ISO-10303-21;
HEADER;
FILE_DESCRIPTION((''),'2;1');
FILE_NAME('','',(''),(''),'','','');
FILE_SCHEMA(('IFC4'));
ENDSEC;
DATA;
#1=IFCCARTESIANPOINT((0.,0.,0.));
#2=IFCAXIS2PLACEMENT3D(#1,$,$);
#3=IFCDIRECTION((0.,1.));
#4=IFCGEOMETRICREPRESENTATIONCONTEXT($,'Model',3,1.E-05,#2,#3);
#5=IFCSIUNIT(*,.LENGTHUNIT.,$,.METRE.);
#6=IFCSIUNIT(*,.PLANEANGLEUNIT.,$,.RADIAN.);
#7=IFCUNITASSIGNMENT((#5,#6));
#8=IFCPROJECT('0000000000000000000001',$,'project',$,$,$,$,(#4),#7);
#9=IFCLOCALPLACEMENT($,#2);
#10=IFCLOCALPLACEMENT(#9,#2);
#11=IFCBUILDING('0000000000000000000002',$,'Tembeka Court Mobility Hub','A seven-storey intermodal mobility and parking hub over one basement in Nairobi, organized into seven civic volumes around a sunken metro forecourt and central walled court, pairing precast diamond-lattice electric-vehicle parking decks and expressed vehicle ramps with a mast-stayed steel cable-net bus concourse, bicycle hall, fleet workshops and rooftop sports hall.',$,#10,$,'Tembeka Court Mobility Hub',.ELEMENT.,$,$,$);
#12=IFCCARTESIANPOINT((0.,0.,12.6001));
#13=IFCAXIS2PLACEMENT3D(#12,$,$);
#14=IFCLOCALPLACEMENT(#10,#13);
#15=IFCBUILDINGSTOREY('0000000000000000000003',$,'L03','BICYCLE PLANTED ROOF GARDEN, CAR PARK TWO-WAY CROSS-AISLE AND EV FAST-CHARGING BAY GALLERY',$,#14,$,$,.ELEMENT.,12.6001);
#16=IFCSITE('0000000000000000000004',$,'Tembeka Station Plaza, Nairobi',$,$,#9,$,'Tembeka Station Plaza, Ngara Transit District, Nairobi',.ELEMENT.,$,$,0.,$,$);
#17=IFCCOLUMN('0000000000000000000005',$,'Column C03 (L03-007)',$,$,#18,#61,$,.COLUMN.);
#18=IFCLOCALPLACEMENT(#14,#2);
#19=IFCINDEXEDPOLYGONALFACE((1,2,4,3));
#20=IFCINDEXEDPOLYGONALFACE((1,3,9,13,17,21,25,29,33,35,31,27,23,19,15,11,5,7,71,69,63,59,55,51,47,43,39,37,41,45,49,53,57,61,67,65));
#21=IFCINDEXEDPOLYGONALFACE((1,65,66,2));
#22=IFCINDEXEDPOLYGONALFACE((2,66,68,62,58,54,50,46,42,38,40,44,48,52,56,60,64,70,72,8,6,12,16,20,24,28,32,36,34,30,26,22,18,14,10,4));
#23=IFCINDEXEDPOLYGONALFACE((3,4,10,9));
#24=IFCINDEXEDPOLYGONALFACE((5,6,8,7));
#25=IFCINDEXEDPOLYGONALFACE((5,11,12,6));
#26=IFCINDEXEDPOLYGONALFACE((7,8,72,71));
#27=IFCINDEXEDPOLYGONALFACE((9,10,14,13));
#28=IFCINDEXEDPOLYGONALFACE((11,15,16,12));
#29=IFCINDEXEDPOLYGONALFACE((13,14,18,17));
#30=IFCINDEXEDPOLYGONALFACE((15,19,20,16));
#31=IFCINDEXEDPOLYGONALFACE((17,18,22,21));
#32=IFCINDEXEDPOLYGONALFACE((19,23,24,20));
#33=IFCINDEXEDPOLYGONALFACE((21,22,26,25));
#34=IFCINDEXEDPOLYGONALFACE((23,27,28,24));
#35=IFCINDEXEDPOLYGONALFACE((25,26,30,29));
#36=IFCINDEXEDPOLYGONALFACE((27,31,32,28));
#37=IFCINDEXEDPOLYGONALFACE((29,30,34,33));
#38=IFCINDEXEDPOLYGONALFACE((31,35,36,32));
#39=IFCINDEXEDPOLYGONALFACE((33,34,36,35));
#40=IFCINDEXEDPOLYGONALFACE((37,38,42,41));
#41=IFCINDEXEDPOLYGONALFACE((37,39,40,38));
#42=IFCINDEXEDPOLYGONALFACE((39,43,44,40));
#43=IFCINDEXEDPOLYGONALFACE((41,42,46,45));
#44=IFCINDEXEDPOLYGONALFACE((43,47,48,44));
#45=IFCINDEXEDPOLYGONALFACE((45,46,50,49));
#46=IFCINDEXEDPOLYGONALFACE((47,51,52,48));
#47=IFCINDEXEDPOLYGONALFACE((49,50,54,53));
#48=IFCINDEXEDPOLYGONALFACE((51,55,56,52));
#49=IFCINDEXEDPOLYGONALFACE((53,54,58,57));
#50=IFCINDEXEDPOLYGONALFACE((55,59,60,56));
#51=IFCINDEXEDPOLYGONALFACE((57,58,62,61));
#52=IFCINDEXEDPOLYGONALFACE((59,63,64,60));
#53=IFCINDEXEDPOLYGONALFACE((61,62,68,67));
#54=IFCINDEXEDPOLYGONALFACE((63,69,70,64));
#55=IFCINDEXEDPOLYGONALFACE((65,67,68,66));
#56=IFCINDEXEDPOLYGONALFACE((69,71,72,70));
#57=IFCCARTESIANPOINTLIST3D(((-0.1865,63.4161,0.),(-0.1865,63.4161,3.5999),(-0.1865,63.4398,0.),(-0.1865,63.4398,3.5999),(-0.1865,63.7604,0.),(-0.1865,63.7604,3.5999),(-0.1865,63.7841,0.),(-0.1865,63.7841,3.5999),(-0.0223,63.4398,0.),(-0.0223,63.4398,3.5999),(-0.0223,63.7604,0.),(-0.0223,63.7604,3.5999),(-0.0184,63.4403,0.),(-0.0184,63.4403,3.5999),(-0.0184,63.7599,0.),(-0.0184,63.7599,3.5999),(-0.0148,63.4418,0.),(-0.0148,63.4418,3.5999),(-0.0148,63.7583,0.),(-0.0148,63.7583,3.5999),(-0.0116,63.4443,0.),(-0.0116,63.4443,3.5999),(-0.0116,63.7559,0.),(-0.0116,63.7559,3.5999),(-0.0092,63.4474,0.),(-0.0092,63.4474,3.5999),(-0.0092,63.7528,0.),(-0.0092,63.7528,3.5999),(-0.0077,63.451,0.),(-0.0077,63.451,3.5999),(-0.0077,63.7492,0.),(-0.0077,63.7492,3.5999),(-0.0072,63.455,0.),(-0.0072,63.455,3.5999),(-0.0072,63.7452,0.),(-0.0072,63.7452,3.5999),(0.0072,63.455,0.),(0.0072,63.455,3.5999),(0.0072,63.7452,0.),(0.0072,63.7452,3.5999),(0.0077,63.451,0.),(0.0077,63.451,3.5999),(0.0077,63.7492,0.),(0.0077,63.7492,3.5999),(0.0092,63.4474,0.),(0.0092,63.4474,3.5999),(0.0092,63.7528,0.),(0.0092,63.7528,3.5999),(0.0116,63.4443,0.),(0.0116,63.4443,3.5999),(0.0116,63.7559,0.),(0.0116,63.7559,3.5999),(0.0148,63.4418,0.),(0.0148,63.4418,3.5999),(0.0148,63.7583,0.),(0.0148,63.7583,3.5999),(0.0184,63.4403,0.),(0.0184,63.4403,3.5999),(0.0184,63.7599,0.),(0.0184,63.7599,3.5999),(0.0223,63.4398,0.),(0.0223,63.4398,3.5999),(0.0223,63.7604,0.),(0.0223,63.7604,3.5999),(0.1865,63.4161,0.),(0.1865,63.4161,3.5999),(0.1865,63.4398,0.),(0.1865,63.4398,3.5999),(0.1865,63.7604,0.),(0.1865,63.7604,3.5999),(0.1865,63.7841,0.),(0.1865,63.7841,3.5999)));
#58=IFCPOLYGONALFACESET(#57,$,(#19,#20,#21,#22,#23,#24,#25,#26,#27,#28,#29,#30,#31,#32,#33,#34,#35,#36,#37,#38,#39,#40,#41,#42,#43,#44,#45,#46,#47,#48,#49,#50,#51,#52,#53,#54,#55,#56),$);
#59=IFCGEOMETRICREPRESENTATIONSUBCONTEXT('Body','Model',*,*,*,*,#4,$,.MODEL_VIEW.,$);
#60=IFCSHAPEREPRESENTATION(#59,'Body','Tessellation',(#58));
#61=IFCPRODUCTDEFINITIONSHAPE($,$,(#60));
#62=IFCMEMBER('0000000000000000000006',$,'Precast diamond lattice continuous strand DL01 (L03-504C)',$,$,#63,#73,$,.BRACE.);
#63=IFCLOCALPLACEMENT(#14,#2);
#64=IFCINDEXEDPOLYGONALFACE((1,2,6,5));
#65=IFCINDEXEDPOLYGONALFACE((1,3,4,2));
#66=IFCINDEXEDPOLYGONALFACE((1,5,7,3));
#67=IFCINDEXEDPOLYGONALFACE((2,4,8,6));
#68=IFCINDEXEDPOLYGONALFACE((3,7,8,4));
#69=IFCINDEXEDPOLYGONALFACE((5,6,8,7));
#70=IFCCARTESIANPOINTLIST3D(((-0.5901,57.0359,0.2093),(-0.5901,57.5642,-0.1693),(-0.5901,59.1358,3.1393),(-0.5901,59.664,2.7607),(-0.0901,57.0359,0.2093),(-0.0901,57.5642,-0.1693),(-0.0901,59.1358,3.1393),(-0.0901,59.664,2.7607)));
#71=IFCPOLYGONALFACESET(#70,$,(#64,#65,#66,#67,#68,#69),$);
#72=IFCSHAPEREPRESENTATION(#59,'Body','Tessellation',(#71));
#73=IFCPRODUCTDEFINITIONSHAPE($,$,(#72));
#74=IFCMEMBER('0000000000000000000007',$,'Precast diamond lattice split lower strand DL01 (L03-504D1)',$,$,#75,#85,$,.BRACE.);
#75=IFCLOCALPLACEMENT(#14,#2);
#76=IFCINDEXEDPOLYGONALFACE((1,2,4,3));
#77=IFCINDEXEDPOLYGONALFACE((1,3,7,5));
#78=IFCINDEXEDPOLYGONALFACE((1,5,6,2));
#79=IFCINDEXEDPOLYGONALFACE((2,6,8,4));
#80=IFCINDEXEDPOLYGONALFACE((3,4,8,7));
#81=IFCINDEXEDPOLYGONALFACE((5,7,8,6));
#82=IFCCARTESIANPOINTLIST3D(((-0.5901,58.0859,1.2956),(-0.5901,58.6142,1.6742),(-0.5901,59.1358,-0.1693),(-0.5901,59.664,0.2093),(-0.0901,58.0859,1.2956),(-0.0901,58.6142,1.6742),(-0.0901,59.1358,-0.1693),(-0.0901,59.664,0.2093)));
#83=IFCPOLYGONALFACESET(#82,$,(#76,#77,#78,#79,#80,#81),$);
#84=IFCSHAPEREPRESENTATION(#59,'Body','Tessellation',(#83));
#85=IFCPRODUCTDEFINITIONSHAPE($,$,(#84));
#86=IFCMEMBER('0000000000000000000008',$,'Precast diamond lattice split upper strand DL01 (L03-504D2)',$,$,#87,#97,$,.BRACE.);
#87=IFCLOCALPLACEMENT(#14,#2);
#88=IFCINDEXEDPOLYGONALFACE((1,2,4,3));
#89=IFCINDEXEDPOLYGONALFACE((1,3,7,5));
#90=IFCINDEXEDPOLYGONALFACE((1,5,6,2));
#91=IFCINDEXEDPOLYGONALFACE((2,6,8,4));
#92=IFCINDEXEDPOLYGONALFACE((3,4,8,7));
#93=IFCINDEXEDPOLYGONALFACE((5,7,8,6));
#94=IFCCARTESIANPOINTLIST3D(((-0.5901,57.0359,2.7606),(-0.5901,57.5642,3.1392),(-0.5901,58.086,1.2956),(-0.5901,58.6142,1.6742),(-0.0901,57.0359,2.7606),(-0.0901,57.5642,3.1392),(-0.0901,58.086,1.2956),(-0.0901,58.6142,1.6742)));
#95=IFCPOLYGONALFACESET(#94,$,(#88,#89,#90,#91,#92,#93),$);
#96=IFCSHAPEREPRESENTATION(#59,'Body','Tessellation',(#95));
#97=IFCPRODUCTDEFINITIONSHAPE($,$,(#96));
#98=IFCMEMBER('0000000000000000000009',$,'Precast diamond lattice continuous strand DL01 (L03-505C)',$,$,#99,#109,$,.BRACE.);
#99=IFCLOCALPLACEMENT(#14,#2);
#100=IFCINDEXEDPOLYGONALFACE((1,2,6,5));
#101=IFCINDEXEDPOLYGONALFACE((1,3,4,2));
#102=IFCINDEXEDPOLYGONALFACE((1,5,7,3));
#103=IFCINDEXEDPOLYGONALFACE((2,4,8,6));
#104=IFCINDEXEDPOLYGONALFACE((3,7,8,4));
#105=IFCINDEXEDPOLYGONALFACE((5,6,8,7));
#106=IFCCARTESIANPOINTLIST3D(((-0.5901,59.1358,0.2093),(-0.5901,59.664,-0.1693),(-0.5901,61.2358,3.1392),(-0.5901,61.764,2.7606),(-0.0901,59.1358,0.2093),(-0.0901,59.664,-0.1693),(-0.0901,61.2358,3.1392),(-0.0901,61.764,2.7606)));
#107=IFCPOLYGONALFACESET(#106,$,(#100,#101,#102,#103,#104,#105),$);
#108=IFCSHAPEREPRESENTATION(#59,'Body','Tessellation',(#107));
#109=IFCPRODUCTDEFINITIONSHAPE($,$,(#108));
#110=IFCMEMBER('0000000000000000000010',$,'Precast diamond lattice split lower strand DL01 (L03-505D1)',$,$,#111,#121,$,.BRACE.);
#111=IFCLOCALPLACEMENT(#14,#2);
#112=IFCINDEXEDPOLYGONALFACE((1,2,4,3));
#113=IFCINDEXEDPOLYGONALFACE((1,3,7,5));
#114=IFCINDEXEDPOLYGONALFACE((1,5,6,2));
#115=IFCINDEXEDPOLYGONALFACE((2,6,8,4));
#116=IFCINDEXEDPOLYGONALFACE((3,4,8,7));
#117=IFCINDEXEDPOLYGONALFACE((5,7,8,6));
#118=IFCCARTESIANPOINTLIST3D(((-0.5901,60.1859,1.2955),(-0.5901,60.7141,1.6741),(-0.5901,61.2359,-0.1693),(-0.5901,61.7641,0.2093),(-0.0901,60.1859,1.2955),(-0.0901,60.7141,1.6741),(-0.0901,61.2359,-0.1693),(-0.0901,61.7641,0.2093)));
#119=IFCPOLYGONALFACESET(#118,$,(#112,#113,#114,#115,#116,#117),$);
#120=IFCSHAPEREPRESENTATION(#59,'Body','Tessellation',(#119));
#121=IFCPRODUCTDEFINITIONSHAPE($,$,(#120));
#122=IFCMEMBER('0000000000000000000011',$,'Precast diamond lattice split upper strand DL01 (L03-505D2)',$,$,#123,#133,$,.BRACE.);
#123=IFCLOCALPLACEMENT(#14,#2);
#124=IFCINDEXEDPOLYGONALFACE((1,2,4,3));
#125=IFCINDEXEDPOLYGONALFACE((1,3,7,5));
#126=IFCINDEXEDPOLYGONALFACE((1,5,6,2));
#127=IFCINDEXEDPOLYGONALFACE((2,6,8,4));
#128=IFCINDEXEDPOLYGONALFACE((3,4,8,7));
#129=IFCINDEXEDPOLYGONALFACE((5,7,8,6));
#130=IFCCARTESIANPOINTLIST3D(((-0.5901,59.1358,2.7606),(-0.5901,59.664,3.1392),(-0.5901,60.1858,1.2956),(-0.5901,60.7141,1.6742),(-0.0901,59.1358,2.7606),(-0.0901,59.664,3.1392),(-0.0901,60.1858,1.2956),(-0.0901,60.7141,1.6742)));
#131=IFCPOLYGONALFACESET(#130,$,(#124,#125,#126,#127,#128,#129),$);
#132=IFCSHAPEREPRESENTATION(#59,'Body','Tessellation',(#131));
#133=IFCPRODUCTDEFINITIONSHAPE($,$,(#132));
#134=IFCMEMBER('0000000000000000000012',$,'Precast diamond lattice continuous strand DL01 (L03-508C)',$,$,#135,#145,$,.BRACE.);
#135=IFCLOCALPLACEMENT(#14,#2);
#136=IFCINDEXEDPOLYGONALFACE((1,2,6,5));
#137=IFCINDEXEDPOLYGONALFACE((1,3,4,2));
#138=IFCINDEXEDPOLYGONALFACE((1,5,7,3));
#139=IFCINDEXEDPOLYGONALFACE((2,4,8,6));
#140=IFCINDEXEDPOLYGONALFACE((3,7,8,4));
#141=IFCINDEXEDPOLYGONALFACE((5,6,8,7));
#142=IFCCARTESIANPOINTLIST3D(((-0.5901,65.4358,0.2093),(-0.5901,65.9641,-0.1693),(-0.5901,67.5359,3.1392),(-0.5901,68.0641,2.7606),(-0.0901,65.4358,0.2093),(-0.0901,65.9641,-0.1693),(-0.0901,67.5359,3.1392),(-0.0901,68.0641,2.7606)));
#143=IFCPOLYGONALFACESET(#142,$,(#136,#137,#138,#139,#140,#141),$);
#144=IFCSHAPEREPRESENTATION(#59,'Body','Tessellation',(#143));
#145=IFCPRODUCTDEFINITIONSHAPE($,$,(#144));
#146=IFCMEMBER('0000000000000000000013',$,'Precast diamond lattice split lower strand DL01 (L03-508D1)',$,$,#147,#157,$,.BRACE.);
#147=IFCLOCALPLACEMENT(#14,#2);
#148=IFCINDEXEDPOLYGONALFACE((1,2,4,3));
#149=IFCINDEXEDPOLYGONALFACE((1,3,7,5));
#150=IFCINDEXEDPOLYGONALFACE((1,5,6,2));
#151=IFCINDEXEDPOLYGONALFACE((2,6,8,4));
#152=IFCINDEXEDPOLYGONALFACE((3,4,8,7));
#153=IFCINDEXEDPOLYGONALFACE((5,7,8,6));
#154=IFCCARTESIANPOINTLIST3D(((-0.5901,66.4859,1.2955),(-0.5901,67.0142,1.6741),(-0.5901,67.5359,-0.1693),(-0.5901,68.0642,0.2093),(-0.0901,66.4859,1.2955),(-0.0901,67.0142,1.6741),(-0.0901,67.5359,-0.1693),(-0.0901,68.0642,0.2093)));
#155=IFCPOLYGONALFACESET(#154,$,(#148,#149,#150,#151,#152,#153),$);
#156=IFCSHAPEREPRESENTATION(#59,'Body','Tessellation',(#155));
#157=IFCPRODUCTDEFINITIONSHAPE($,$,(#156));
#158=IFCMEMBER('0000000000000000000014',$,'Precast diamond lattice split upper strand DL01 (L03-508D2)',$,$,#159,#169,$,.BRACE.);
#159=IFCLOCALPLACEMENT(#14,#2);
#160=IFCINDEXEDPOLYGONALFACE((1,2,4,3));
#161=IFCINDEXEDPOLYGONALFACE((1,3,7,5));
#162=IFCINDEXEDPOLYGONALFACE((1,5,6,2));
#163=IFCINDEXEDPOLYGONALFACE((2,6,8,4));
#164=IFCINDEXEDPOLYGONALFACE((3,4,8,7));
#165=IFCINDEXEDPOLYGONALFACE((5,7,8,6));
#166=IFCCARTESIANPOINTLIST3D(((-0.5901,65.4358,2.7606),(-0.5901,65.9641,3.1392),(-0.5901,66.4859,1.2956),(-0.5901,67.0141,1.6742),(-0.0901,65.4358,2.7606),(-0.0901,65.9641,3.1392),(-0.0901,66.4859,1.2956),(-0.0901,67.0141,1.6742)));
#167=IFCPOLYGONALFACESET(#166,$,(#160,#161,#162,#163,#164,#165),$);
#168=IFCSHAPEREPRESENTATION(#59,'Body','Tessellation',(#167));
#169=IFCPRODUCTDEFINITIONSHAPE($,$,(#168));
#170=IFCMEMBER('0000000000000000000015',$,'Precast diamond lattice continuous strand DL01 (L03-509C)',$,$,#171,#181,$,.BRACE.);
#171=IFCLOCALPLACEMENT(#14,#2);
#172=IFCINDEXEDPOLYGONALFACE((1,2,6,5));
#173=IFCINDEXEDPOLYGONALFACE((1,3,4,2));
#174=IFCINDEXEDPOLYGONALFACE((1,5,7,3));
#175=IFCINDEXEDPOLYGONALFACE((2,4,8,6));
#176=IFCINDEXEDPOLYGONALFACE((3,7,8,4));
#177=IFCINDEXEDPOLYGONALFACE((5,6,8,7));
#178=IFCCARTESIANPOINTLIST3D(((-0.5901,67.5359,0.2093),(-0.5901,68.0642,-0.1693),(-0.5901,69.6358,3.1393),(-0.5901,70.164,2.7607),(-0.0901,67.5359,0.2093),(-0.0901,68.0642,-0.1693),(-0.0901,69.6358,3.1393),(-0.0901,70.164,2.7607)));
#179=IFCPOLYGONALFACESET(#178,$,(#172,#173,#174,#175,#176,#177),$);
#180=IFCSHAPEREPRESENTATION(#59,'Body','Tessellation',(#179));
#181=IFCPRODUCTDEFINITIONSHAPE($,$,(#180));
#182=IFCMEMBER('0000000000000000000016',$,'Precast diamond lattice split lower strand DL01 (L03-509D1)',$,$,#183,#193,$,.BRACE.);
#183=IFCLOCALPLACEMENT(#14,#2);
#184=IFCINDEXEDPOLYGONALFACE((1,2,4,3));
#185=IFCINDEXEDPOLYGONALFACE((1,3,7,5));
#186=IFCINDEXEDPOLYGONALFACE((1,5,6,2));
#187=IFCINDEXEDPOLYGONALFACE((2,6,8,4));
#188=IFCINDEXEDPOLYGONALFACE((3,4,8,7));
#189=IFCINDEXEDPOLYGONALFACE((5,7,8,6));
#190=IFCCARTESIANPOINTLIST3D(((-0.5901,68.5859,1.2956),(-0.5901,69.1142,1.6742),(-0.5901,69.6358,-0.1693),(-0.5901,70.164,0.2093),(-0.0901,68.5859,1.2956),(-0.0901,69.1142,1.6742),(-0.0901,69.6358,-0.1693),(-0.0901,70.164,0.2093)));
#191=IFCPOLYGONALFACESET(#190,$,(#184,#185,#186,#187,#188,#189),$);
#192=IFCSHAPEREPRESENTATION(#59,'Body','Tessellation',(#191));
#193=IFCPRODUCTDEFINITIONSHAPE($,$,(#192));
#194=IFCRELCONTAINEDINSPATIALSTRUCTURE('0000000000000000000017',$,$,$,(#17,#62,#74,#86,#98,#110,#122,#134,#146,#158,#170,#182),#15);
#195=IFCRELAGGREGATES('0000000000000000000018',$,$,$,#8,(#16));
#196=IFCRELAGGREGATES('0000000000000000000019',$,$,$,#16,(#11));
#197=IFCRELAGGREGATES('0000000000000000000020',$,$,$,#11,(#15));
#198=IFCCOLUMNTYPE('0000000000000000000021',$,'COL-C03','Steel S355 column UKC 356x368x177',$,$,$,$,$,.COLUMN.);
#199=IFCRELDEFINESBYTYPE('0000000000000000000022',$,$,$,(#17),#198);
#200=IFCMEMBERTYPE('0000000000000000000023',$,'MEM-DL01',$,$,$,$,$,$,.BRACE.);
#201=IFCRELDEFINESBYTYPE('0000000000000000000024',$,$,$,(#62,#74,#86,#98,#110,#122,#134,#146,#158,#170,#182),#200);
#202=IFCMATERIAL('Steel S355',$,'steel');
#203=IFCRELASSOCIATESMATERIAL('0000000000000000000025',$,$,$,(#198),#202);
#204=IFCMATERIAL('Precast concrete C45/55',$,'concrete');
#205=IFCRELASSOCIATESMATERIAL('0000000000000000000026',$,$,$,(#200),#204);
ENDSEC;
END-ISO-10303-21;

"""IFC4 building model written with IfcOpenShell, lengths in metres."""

from ifc_helpers import new_model, si_unit, direction, frame, origin, origin_2d, place, context, subcontext, project, spatial, rectangle, i_section, extrude, material, material_profile, profile_set, type_object, element, save


model = new_model("IFC4")

# Units and contexts
model_context = context("Model", 3, precision=1e-05, world=origin(), true_north=direction((0.0, 1.0)))
body_context = subcontext(model_context, "Body", "Model", "MODEL_VIEW")
ifc_project = project(units=[si_unit("LENGTHUNIT", "METRE"), si_unit("PLANEANGLEUNIT", "RADIAN")], contexts=[model_context])

# Site, building, storey
site_placement = place(None, origin())
site = spatial("IfcSite", under=ifc_project, at=site_placement, Name="Tembeka Station Plaza, Nairobi", LongName="Tembeka Station Plaza, Ngara Transit District, Nairobi", CompositionType="ELEMENT", RefElevation=0.0)
building_placement = place(site_placement, origin())
building = spatial("IfcBuilding", under=site, at=building_placement, Name="Tembeka Court Mobility Hub", Description="A seven-storey intermodal mobility and parking hub over one basement in Nairobi, organized into seven civic volumes around a sunken metro forecourt and central walled court, pairing precast diamond-lattice electric-vehicle parking decks and expressed vehicle ramps with a mast-stayed steel cable-net bus concourse, bicycle hall, fleet workshops and rooftop sports hall.", LongName="Tembeka Court Mobility Hub", CompositionType="ELEMENT")
storey_placement = place(building_placement, frame((0.0, 0.0, 12.6001)))
storey = spatial("IfcBuildingStorey", under=building, at=storey_placement, Name="L03", Description="BICYCLE PLANTED ROOF GARDEN, CAR PARK TWO-WAY CROSS-AISLE AND EV FAST-CHARGING BAY GALLERY", CompositionType="ELEMENT", Elevation=12.6001)

# Column
ifc_material_1 = material(Name="Steel S355", Category="steel")
ifc_material_profile_1 = material_profile(ifc_material_1, i_section(OverallWidth=0.373, OverallDepth=0.3679, WebThickness=0.0144, FlangeThickness=0.0237, FilletRadius=0.0151, at=origin_2d()), Name="UKC 356x368x177")
ifc_profile_set_1 = profile_set([ifc_material_profile_1], Name="Steel S355")
column_type = type_object("IfcColumnType", Name="COL-C03", Description="Steel S355 column UKC 356x368x177", PredefinedType="COLUMN", material=ifc_profile_set_1)
column_placement = place(storey_placement, frame((0.0, 63.6001, 0.0), z_axis=(0.0, 0.0, 1.0), x_axis=(1.0, 0.0, 0.0)))
element("IfcColumn", 1, at=column_placement, inside=storey, type_object=column_type, Name="Column C03 (L03-007)", PredefinedType="COLUMN", context=body_context, shape_type="SweptSolid", body=[
    extrude(i_section(OverallWidth=0.373, OverallDepth=0.3679, WebThickness=0.0144, FlangeThickness=0.0237, FilletRadius=0.0151, at=origin_2d()), origin(), (0.0, 0.0, 1.0), 3.5999),
])

# Members
ifc_material_2 = material(Name="Precast concrete C45/55", Category="concrete")
ifc_material_profile_2 = material_profile(ifc_material_2, rectangle(XDim=0.5, YDim=0.6499, at=origin_2d()), Name="PC-DIAG 500x650")
ifc_profile_set_2 = profile_set([ifc_material_profile_2], Name="Precast concrete C45/55")
member_type_1 = type_object("IfcMemberType", Name="MEM-DL01", PredefinedType="BRACE", material=ifc_profile_set_2)
member_1_placement = place(storey_placement, frame((-0.3401, 57.3, 0.02), z_axis=(0.0, 0.582532, 0.812808), x_axis=(-1.0, 0.0, 0.0)))
element("IfcMember", 2, at=member_1_placement, inside=storey, type_object=member_type_1, Name="Precast diamond lattice continuous strand DL01 (L03-504C)", PredefinedType="BRACE", context=body_context, shape_type="SweptSolid", body=[
    extrude(rectangle(XDim=0.5, YDim=0.6499, at=origin_2d()), origin(), (0.0, 0.0, 1.0), 3.6047),
])
member_2_placement = place(storey_placement, frame((-0.3401, 59.3999, 0.02), z_axis=(0.0, -0.582519, 0.812817), x_axis=(1.0, 0.0, 0.0)))
element("IfcMember", 3, at=member_2_placement, inside=storey, type_object=member_type_1, Name="Precast diamond lattice split lower strand DL01 (L03-504D1)", PredefinedType="BRACE", context=body_context, shape_type="SweptSolid", body=[
    extrude(rectangle(XDim=0.5, YDim=0.6499, at=origin_2d()), origin(), (0.0, 0.0, 1.0), 1.8022),
])
member_3_placement = place(storey_placement, frame((-0.3401, 58.3501, 1.4849), z_axis=(0.0, -0.582544, 0.812799), x_axis=(1.0, 0.0, 0.0)))
element("IfcMember", 4, at=member_3_placement, inside=storey, type_object=member_type_1, Name="Precast diamond lattice split upper strand DL01 (L03-504D2)", PredefinedType="BRACE", context=body_context, shape_type="SweptSolid", body=[
    extrude(rectangle(XDim=0.5, YDim=0.6499, at=origin_2d()), origin(), (0.0, 0.0, 1.0), 1.8025),
])
member_4_placement = place(storey_placement, frame((-0.3401, 59.3999, 0.02), z_axis=(0.0, 0.582576, 0.812776), x_axis=(-1.0, 0.0, 0.0)))
element("IfcMember", 5, at=member_4_placement, inside=storey, type_object=member_type_1, Name="Precast diamond lattice continuous strand DL01 (L03-505C)", PredefinedType="BRACE", context=body_context, shape_type="SweptSolid", body=[
    extrude(rectangle(XDim=0.5, YDim=0.6499, at=origin_2d()), origin(), (0.0, 0.0, 1.0), 3.6047),
])
member_5_placement = place(storey_placement, frame((-0.3401, 61.5, 0.02), z_axis=(0.0, -0.582608, 0.812753), x_axis=(1.0, 0.0, 0.0)))
element("IfcMember", 6, at=member_5_placement, inside=storey, type_object=member_type_1, Name="Precast diamond lattice split lower strand DL01 (L03-505D1)", PredefinedType="BRACE", context=body_context, shape_type="SweptSolid", body=[
    extrude(rectangle(XDim=0.5, YDim=0.6499, at=origin_2d()), origin(), (0.0, 0.0, 1.0), 1.8022),
])
member_6_placement = place(storey_placement, frame((-0.3401, 60.45, 1.4849), z_axis=(0.0, -0.582544, 0.812799), x_axis=(1.0, 0.0, 0.0)))
element("IfcMember", 7, at=member_6_placement, inside=storey, type_object=member_type_1, Name="Precast diamond lattice split upper strand DL01 (L03-505D2)", PredefinedType="BRACE", context=body_context, shape_type="SweptSolid", body=[
    extrude(rectangle(XDim=0.5, YDim=0.6499, at=origin_2d()), origin(), (0.0, 0.0, 1.0), 1.8025),
])
member_7_placement = place(storey_placement, frame((-0.3401, 65.7, 0.02), z_axis=(0.0, 0.582576, 0.812776), x_axis=(-1.0, 0.0, 0.0)))
element("IfcMember", 8, at=member_7_placement, inside=storey, type_object=member_type_1, Name="Precast diamond lattice continuous strand DL01 (L03-508C)", PredefinedType="BRACE", context=body_context, shape_type="SweptSolid", body=[
    extrude(rectangle(XDim=0.5, YDim=0.6499, at=origin_2d()), origin(), (0.0, 0.0, 1.0), 3.6047),
])
member_8_placement = place(storey_placement, frame((-0.3401, 67.8, 0.02), z_axis=(0.0, -0.582608, 0.812753), x_axis=(1.0, 0.0, 0.0)))
element("IfcMember", 9, at=member_8_placement, inside=storey, type_object=member_type_1, Name="Precast diamond lattice split lower strand DL01 (L03-508D1)", PredefinedType="BRACE", context=body_context, shape_type="SweptSolid", body=[
    extrude(rectangle(XDim=0.5, YDim=0.6499, at=origin_2d()), origin(), (0.0, 0.0, 1.0), 1.8022),
])
member_9_placement = place(storey_placement, frame((-0.3401, 66.75, 1.4849), z_axis=(0.0, -0.582544, 0.812799), x_axis=(1.0, 0.0, 0.0)))
element("IfcMember", 10, at=member_9_placement, inside=storey, type_object=member_type_1, Name="Precast diamond lattice split upper strand DL01 (L03-508D2)", PredefinedType="BRACE", context=body_context, shape_type="SweptSolid", body=[
    extrude(rectangle(XDim=0.5, YDim=0.6499, at=origin_2d()), origin(), (0.0, 0.0, 1.0), 1.8025),
])
member_10_placement = place(storey_placement, frame((-0.3401, 67.8, 0.02), z_axis=(0.0, 0.582532, 0.812808), x_axis=(-1.0, 0.0, 0.0)))
element("IfcMember", 11, at=member_10_placement, inside=storey, type_object=member_type_1, Name="Precast diamond lattice continuous strand DL01 (L03-509C)", PredefinedType="BRACE", context=body_context, shape_type="SweptSolid", body=[
    extrude(rectangle(XDim=0.5, YDim=0.6499, at=origin_2d()), origin(), (0.0, 0.0, 1.0), 3.6047),
])
member_11_placement = place(storey_placement, frame((-0.3401, 69.8999, 0.02), z_axis=(0.0, -0.582519, 0.812817), x_axis=(1.0, 0.0, 0.0)))
element("IfcMember", 12, at=member_11_placement, inside=storey, type_object=member_type_1, Name="Precast diamond lattice split lower strand DL01 (L03-509D1)", PredefinedType="BRACE", context=body_context, shape_type="SweptSolid", body=[
    extrude(rectangle(XDim=0.5, YDim=0.6499, at=origin_2d()), origin(), (0.0, 0.0, 1.0), 1.8022),
])

save(model, "model.ifc")
